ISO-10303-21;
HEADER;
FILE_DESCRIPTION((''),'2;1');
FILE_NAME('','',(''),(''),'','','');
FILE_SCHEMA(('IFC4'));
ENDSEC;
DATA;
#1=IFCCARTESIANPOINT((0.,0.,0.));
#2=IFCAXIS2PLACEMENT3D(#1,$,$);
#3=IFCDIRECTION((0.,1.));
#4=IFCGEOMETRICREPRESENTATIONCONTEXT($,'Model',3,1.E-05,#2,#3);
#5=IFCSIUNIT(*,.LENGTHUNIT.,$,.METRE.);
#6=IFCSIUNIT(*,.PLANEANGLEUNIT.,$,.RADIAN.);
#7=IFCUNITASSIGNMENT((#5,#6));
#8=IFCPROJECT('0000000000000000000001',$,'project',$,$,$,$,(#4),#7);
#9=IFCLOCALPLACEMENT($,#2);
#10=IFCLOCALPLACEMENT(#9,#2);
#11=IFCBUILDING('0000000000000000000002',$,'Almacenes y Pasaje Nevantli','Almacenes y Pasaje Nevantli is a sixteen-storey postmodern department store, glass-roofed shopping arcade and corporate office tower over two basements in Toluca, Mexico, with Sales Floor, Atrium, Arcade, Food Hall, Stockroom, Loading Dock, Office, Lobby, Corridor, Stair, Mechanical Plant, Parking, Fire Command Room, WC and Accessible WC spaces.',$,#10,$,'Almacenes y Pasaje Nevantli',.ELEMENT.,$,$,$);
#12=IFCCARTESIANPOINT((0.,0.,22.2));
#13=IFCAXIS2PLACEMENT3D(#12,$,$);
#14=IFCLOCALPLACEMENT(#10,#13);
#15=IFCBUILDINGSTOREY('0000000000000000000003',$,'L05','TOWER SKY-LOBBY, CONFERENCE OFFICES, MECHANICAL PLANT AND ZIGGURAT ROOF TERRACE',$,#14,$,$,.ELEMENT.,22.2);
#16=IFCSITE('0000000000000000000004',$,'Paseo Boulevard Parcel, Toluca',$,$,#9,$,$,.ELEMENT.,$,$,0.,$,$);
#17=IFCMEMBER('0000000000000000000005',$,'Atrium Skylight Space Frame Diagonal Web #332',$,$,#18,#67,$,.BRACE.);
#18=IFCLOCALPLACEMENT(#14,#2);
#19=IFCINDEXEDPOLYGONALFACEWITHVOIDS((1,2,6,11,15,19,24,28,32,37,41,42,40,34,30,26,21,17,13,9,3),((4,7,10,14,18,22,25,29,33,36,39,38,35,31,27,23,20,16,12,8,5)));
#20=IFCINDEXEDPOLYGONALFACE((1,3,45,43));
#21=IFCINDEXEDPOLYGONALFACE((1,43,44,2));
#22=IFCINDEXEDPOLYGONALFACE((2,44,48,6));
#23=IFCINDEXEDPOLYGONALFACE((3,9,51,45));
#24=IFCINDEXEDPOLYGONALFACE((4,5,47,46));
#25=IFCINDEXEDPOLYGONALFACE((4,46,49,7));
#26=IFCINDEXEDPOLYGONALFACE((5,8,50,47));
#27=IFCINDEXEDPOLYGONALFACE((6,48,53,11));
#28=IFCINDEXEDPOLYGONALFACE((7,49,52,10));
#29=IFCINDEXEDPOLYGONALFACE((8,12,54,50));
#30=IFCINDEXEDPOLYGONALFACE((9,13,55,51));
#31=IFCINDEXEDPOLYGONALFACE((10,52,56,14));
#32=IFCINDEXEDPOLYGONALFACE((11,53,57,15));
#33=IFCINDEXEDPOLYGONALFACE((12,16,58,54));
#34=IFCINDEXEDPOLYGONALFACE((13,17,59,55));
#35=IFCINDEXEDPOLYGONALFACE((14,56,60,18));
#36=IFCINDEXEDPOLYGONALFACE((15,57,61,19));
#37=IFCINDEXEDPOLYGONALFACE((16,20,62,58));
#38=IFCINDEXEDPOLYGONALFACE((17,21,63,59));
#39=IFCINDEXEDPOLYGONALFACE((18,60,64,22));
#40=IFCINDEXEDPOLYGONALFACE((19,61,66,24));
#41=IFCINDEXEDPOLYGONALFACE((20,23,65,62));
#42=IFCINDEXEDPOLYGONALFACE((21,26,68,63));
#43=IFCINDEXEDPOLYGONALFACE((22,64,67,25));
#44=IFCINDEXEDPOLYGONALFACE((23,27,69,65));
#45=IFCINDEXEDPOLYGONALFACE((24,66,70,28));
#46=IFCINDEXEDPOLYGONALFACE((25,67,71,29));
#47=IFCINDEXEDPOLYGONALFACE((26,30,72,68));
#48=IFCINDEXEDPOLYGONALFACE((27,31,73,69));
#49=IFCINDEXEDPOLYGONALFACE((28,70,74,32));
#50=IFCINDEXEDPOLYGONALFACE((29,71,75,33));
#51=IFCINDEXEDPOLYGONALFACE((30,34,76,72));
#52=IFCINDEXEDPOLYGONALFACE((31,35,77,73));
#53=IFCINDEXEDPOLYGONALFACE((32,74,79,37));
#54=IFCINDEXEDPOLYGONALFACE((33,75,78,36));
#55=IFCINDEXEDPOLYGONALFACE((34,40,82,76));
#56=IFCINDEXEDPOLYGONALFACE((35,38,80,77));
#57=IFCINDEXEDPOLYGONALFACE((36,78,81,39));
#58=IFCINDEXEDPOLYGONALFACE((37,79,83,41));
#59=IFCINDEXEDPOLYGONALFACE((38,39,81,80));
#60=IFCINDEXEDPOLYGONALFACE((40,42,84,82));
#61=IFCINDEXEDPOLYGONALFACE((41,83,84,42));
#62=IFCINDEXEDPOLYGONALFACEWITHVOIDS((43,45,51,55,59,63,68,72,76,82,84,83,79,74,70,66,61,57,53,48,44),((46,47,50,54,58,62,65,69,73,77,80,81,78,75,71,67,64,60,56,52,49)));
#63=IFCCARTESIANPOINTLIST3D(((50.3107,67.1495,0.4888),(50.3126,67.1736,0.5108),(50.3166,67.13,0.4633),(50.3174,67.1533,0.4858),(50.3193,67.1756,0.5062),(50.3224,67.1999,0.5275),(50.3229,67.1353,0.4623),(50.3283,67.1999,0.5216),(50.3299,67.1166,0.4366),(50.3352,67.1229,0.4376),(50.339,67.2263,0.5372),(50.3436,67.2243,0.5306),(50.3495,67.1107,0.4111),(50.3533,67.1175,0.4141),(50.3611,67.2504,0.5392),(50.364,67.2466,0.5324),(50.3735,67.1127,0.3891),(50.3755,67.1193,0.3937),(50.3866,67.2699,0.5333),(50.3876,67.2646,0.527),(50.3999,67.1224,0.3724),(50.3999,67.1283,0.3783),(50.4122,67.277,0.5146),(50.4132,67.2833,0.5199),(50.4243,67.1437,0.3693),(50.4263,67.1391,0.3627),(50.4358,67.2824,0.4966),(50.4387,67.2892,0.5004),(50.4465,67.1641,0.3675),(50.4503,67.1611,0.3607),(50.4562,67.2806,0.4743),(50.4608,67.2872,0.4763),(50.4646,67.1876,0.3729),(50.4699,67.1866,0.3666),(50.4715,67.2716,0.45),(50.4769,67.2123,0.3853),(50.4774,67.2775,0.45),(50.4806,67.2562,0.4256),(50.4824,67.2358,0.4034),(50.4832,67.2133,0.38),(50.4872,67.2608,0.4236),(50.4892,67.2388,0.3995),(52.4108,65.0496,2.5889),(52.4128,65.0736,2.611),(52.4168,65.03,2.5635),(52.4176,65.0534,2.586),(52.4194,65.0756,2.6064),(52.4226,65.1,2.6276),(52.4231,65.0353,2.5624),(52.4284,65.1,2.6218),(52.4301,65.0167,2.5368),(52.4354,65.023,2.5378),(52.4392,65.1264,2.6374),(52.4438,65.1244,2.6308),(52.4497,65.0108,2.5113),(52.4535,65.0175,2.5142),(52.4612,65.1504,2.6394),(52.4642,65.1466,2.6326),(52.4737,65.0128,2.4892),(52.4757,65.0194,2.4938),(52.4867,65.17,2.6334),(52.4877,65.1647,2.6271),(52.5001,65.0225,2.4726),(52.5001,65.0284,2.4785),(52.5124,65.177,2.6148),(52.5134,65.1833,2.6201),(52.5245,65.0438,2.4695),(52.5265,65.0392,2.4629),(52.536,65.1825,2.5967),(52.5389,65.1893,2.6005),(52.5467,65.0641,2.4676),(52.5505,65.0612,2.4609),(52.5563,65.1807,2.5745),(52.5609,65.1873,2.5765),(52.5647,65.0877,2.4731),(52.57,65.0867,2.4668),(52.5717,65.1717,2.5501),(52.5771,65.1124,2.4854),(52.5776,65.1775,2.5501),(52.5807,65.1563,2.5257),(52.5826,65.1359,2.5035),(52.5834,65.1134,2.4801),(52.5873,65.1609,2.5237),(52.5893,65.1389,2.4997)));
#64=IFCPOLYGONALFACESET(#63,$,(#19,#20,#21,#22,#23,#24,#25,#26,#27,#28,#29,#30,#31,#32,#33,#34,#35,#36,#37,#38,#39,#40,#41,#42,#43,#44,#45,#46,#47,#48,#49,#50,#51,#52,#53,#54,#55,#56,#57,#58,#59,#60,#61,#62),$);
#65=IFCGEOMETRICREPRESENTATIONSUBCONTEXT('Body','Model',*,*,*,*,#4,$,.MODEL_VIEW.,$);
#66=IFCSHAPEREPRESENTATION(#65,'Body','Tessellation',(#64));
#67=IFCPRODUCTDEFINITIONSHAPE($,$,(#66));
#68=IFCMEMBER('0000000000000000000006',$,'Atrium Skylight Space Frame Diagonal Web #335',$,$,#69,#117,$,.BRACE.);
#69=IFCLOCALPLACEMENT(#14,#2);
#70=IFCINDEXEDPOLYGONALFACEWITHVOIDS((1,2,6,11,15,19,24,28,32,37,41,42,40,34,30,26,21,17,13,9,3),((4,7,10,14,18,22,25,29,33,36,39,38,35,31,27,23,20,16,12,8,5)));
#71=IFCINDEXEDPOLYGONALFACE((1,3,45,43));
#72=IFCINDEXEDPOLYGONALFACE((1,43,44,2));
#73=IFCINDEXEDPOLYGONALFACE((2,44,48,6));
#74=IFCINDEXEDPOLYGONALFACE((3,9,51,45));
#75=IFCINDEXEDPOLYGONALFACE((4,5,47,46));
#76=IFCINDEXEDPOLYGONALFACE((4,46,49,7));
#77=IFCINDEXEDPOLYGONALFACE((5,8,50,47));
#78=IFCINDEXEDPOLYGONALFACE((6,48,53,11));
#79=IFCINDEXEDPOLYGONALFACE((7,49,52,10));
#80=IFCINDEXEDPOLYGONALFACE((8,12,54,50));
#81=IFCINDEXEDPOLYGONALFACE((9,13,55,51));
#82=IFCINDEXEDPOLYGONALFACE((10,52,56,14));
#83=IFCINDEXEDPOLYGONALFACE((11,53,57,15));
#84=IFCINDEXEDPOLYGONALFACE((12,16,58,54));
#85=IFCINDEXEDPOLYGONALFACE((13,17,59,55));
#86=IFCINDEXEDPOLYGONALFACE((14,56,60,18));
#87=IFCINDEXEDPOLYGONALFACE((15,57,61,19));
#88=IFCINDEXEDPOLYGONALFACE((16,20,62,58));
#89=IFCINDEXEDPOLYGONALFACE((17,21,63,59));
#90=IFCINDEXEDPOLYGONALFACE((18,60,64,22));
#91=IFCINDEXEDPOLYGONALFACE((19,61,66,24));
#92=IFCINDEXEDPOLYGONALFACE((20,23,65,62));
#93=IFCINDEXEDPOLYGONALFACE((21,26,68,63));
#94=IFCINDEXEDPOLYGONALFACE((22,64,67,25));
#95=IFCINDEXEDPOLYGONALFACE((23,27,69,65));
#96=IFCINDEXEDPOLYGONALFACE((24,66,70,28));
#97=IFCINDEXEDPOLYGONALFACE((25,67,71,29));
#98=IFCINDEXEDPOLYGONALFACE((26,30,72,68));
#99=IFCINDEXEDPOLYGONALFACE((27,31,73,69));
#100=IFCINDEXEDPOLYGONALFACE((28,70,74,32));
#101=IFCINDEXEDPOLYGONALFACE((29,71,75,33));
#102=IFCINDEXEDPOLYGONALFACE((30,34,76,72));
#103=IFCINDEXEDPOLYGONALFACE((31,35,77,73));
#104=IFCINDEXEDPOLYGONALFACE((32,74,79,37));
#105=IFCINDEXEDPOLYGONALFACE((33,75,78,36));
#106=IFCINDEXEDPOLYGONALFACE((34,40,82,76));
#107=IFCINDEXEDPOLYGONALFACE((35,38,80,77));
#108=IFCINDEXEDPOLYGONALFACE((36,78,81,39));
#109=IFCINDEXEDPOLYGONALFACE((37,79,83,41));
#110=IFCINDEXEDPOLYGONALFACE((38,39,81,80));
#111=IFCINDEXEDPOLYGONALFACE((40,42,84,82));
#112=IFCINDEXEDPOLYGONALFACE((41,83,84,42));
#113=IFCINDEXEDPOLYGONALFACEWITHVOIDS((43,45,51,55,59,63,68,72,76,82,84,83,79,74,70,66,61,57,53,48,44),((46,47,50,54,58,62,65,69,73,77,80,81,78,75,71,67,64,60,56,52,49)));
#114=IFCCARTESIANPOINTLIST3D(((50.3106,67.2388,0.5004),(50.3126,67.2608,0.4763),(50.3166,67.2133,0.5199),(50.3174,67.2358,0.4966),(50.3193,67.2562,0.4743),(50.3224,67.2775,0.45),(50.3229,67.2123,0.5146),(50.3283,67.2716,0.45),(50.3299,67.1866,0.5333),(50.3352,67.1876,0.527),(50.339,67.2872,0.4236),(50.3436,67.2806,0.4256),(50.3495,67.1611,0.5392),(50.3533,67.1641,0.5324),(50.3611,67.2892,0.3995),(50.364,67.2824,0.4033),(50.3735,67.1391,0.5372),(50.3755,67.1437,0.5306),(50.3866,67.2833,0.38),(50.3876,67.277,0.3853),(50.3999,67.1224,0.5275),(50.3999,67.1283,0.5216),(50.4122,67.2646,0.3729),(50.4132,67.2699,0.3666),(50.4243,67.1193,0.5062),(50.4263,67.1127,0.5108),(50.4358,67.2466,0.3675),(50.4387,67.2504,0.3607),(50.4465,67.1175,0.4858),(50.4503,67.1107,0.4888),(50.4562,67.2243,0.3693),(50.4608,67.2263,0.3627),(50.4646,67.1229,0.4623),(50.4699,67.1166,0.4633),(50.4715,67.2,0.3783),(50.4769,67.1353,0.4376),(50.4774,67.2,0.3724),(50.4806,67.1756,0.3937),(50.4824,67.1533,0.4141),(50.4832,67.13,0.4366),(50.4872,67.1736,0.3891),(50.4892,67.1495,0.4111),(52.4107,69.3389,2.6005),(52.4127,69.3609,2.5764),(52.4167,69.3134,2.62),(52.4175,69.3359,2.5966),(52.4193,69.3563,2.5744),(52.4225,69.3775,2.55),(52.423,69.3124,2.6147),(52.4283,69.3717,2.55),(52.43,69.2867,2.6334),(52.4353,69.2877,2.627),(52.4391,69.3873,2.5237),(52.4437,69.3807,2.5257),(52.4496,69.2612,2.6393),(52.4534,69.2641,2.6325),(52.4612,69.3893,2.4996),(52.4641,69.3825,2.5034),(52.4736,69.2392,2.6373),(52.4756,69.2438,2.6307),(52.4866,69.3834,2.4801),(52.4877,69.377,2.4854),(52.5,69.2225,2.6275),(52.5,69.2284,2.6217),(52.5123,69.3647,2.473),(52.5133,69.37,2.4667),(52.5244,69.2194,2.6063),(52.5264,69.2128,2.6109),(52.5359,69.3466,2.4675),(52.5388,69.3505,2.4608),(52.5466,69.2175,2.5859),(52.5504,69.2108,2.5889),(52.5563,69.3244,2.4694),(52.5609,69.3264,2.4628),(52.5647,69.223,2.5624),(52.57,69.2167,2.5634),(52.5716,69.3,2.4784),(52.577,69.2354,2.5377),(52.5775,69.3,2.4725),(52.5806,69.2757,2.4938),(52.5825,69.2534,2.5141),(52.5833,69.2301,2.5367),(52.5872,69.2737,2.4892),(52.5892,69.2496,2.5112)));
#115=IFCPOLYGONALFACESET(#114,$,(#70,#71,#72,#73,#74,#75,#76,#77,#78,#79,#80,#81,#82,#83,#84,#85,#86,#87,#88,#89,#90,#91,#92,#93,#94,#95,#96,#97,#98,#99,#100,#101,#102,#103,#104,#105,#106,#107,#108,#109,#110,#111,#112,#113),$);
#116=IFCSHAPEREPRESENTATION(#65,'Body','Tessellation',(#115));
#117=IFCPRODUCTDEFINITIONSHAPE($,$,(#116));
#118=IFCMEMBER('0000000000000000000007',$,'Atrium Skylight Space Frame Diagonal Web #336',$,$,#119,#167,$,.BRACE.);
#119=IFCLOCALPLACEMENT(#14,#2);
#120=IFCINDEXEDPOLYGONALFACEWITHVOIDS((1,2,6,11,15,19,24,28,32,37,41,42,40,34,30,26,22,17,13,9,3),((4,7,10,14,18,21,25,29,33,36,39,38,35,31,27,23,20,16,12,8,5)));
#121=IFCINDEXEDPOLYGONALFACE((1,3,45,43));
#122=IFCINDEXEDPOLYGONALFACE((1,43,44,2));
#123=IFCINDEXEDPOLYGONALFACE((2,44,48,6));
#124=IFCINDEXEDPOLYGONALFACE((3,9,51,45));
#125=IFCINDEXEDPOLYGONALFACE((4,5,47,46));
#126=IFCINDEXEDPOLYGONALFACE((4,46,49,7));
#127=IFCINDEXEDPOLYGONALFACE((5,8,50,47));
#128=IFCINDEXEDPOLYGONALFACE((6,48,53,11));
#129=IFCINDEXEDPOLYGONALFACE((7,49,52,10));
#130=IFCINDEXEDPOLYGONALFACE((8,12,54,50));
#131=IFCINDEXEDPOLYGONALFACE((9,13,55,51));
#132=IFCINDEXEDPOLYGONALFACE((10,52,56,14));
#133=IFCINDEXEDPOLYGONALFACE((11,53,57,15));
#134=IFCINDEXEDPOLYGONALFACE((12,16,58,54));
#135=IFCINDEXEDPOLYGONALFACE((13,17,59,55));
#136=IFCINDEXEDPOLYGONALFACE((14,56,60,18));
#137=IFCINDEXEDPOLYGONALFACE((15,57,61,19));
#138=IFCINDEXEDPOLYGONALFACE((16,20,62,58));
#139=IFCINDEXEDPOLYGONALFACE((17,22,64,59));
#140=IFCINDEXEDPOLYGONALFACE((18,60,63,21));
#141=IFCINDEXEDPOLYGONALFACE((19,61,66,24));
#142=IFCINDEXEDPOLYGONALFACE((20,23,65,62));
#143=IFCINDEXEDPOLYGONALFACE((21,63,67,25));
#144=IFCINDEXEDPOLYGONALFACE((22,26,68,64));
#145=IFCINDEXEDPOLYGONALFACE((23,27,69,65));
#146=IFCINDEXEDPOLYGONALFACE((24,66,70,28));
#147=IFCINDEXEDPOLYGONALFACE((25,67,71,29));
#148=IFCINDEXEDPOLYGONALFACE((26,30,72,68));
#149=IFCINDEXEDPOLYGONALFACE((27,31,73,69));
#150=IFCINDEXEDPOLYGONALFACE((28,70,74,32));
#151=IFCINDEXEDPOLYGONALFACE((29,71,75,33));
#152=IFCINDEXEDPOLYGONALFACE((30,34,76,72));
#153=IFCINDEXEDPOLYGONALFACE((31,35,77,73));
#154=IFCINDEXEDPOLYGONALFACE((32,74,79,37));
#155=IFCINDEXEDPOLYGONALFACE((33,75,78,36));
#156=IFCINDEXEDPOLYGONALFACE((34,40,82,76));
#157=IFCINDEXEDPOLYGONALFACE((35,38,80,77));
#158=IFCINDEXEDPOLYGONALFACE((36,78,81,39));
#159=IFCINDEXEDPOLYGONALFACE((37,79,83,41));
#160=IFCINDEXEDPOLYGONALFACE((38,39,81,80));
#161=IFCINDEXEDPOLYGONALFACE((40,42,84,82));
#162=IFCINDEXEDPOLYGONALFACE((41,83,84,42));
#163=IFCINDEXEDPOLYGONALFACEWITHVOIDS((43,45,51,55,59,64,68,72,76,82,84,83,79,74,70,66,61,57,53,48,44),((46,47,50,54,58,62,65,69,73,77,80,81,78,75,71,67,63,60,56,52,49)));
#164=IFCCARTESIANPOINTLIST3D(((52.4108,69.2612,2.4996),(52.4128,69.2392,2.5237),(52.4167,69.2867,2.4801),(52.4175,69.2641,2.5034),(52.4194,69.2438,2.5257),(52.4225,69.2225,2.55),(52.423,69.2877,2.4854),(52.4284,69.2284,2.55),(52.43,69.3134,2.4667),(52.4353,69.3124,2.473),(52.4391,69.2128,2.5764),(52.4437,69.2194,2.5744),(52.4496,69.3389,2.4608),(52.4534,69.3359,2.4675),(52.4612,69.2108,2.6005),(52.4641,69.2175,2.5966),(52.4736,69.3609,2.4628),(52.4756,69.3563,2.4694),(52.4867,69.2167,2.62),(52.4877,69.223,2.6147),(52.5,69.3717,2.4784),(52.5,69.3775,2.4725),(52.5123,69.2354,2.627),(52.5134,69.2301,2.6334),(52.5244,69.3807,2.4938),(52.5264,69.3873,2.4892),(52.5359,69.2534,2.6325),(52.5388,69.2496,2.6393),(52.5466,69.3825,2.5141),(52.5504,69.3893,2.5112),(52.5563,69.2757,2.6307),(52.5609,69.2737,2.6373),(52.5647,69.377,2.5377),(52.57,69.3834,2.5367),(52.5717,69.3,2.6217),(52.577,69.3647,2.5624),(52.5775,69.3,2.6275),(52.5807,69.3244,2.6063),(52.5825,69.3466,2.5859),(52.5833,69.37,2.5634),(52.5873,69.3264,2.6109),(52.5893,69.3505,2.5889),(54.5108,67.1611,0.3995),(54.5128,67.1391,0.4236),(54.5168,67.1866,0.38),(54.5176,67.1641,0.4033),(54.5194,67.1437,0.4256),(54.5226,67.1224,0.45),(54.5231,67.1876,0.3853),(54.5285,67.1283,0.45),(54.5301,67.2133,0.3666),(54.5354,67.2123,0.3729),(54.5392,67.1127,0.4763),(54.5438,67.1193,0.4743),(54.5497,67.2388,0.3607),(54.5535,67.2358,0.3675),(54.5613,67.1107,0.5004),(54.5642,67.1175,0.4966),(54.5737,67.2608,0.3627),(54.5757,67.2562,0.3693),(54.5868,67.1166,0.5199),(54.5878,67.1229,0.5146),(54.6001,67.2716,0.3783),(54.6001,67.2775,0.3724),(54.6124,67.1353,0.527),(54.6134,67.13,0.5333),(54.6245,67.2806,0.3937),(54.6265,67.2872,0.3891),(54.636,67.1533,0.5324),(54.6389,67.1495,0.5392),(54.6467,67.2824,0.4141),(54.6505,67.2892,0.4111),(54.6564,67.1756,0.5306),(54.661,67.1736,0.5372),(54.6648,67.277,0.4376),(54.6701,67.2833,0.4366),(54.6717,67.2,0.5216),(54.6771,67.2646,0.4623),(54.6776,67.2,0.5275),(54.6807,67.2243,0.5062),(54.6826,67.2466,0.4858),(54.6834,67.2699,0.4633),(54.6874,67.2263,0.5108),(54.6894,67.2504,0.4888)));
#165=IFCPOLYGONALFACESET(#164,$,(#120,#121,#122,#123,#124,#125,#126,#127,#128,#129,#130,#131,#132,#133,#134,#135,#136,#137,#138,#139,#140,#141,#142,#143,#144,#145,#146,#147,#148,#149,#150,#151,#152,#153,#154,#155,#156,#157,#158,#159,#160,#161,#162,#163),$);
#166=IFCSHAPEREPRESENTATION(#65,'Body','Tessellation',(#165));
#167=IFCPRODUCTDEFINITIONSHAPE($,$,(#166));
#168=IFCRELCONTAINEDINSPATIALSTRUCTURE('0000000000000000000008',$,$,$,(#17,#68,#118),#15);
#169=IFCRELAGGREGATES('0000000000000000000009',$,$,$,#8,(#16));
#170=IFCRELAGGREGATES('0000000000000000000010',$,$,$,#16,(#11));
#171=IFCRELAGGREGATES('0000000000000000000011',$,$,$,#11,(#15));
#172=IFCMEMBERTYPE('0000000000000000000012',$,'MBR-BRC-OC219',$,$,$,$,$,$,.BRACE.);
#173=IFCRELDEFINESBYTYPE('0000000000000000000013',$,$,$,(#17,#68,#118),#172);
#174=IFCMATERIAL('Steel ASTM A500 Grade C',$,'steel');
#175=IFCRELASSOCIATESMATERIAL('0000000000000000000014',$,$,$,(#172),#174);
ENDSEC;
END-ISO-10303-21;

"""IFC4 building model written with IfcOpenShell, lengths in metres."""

from ifc_helpers import new_model, si_unit, direction, frame, origin, origin_2d, place, context, subcontext, project, spatial, hollow_circle, extrude, material, material_profile, profile_set, type_object, element, save


model = new_model("IFC4")

# Units and contexts
model_context = context("Model", 3, precision=1e-05, world=origin(), true_north=direction((0.0, 1.0)))
body_context = subcontext(model_context, "Body", "Model", "MODEL_VIEW")
ifc_project = project(units=[si_unit("LENGTHUNIT", "METRE"), si_unit("PLANEANGLEUNIT", "RADIAN")], contexts=[model_context])

# Site, building, storey
site_placement = place(None, origin())
site = spatial("IfcSite", under=ifc_project, at=site_placement, Name="Paseo Boulevard Parcel, Toluca", CompositionType="ELEMENT", RefElevation=0.0)
building_placement = place(site_placement, origin())
building = spatial("IfcBuilding", under=site, at=building_placement, Name="Almacenes y Pasaje Nevantli", Description="Almacenes y Pasaje Nevantli is a sixteen-storey postmodern department store, glass-roofed shopping arcade and corporate office tower over two basements in Toluca, Mexico, with Sales Floor, Atrium, Arcade, Food Hall, Stockroom, Loading Dock, Office, Lobby, Corridor, Stair, Mechanical Plant, Parking, Fire Command Room, WC and Accessible WC spaces.", LongName="Almacenes y Pasaje Nevantli", CompositionType="ELEMENT")
storey_placement = place(building_placement, frame((0.0, 0.0, 22.2)))
storey = spatial("IfcBuildingStorey", under=building, at=storey_placement, Name="L05", Description="TOWER SKY-LOBBY, CONFERENCE OFFICES, MECHANICAL PLANT AND ZIGGURAT ROOF TERRACE", CompositionType="ELEMENT", Elevation=22.2)

# Members
ifc_material_1 = material(Name="Steel ASTM A500 Grade C", Category="steel")
ifc_material_profile_1 = material_profile(ifc_material_1, hollow_circle(Radius=0.1096, WallThickness=0.0083, at=origin_2d()), Name="OC 219x8.2")
ifc_profile_set_1 = profile_set([ifc_material_profile_1], Name="Steel ASTM A500 Grade C")
member_type_1 = type_object("IfcMemberType", Name="MBR-BRC-OC219", PredefinedType="BRACE", material=ifc_profile_set_1)
for number, where, z_axis, x_axis, name in (
    (1, (50.3999, 67.2, 0.45), (0.577373, -0.577306, 0.577373), (0.707066, 0.707148, 0.0), "Atrium Skylight Space Frame Diagonal Web #332"),
    (2, (50.3999, 67.2, 0.45), (0.57735, 0.57735, 0.57735), (-0.707107, 0.707107, 0.0), "Atrium Skylight Space Frame Diagonal Web #335"),
    (3, (54.6001, 67.2, 0.45), (-0.57735, 0.57735, 0.57735), (-0.707107, -0.707107, 0.0), "Atrium Skylight Space Frame Diagonal Web #336"),
):
    element("IfcMember", number, at=place(storey_placement, frame(where, z_axis=z_axis, x_axis=x_axis)), inside=storey, type_object=member_type_1, Name=name, PredefinedType="BRACE", context=body_context, shape_type="SweptSolid", body=[
        extrude(hollow_circle(Radius=0.1096, WallThickness=0.0083, at=origin_2d()), origin(), (0.0, 0.0, 1.0), 3.6375),
    ])

save(model, "model.ifc")
